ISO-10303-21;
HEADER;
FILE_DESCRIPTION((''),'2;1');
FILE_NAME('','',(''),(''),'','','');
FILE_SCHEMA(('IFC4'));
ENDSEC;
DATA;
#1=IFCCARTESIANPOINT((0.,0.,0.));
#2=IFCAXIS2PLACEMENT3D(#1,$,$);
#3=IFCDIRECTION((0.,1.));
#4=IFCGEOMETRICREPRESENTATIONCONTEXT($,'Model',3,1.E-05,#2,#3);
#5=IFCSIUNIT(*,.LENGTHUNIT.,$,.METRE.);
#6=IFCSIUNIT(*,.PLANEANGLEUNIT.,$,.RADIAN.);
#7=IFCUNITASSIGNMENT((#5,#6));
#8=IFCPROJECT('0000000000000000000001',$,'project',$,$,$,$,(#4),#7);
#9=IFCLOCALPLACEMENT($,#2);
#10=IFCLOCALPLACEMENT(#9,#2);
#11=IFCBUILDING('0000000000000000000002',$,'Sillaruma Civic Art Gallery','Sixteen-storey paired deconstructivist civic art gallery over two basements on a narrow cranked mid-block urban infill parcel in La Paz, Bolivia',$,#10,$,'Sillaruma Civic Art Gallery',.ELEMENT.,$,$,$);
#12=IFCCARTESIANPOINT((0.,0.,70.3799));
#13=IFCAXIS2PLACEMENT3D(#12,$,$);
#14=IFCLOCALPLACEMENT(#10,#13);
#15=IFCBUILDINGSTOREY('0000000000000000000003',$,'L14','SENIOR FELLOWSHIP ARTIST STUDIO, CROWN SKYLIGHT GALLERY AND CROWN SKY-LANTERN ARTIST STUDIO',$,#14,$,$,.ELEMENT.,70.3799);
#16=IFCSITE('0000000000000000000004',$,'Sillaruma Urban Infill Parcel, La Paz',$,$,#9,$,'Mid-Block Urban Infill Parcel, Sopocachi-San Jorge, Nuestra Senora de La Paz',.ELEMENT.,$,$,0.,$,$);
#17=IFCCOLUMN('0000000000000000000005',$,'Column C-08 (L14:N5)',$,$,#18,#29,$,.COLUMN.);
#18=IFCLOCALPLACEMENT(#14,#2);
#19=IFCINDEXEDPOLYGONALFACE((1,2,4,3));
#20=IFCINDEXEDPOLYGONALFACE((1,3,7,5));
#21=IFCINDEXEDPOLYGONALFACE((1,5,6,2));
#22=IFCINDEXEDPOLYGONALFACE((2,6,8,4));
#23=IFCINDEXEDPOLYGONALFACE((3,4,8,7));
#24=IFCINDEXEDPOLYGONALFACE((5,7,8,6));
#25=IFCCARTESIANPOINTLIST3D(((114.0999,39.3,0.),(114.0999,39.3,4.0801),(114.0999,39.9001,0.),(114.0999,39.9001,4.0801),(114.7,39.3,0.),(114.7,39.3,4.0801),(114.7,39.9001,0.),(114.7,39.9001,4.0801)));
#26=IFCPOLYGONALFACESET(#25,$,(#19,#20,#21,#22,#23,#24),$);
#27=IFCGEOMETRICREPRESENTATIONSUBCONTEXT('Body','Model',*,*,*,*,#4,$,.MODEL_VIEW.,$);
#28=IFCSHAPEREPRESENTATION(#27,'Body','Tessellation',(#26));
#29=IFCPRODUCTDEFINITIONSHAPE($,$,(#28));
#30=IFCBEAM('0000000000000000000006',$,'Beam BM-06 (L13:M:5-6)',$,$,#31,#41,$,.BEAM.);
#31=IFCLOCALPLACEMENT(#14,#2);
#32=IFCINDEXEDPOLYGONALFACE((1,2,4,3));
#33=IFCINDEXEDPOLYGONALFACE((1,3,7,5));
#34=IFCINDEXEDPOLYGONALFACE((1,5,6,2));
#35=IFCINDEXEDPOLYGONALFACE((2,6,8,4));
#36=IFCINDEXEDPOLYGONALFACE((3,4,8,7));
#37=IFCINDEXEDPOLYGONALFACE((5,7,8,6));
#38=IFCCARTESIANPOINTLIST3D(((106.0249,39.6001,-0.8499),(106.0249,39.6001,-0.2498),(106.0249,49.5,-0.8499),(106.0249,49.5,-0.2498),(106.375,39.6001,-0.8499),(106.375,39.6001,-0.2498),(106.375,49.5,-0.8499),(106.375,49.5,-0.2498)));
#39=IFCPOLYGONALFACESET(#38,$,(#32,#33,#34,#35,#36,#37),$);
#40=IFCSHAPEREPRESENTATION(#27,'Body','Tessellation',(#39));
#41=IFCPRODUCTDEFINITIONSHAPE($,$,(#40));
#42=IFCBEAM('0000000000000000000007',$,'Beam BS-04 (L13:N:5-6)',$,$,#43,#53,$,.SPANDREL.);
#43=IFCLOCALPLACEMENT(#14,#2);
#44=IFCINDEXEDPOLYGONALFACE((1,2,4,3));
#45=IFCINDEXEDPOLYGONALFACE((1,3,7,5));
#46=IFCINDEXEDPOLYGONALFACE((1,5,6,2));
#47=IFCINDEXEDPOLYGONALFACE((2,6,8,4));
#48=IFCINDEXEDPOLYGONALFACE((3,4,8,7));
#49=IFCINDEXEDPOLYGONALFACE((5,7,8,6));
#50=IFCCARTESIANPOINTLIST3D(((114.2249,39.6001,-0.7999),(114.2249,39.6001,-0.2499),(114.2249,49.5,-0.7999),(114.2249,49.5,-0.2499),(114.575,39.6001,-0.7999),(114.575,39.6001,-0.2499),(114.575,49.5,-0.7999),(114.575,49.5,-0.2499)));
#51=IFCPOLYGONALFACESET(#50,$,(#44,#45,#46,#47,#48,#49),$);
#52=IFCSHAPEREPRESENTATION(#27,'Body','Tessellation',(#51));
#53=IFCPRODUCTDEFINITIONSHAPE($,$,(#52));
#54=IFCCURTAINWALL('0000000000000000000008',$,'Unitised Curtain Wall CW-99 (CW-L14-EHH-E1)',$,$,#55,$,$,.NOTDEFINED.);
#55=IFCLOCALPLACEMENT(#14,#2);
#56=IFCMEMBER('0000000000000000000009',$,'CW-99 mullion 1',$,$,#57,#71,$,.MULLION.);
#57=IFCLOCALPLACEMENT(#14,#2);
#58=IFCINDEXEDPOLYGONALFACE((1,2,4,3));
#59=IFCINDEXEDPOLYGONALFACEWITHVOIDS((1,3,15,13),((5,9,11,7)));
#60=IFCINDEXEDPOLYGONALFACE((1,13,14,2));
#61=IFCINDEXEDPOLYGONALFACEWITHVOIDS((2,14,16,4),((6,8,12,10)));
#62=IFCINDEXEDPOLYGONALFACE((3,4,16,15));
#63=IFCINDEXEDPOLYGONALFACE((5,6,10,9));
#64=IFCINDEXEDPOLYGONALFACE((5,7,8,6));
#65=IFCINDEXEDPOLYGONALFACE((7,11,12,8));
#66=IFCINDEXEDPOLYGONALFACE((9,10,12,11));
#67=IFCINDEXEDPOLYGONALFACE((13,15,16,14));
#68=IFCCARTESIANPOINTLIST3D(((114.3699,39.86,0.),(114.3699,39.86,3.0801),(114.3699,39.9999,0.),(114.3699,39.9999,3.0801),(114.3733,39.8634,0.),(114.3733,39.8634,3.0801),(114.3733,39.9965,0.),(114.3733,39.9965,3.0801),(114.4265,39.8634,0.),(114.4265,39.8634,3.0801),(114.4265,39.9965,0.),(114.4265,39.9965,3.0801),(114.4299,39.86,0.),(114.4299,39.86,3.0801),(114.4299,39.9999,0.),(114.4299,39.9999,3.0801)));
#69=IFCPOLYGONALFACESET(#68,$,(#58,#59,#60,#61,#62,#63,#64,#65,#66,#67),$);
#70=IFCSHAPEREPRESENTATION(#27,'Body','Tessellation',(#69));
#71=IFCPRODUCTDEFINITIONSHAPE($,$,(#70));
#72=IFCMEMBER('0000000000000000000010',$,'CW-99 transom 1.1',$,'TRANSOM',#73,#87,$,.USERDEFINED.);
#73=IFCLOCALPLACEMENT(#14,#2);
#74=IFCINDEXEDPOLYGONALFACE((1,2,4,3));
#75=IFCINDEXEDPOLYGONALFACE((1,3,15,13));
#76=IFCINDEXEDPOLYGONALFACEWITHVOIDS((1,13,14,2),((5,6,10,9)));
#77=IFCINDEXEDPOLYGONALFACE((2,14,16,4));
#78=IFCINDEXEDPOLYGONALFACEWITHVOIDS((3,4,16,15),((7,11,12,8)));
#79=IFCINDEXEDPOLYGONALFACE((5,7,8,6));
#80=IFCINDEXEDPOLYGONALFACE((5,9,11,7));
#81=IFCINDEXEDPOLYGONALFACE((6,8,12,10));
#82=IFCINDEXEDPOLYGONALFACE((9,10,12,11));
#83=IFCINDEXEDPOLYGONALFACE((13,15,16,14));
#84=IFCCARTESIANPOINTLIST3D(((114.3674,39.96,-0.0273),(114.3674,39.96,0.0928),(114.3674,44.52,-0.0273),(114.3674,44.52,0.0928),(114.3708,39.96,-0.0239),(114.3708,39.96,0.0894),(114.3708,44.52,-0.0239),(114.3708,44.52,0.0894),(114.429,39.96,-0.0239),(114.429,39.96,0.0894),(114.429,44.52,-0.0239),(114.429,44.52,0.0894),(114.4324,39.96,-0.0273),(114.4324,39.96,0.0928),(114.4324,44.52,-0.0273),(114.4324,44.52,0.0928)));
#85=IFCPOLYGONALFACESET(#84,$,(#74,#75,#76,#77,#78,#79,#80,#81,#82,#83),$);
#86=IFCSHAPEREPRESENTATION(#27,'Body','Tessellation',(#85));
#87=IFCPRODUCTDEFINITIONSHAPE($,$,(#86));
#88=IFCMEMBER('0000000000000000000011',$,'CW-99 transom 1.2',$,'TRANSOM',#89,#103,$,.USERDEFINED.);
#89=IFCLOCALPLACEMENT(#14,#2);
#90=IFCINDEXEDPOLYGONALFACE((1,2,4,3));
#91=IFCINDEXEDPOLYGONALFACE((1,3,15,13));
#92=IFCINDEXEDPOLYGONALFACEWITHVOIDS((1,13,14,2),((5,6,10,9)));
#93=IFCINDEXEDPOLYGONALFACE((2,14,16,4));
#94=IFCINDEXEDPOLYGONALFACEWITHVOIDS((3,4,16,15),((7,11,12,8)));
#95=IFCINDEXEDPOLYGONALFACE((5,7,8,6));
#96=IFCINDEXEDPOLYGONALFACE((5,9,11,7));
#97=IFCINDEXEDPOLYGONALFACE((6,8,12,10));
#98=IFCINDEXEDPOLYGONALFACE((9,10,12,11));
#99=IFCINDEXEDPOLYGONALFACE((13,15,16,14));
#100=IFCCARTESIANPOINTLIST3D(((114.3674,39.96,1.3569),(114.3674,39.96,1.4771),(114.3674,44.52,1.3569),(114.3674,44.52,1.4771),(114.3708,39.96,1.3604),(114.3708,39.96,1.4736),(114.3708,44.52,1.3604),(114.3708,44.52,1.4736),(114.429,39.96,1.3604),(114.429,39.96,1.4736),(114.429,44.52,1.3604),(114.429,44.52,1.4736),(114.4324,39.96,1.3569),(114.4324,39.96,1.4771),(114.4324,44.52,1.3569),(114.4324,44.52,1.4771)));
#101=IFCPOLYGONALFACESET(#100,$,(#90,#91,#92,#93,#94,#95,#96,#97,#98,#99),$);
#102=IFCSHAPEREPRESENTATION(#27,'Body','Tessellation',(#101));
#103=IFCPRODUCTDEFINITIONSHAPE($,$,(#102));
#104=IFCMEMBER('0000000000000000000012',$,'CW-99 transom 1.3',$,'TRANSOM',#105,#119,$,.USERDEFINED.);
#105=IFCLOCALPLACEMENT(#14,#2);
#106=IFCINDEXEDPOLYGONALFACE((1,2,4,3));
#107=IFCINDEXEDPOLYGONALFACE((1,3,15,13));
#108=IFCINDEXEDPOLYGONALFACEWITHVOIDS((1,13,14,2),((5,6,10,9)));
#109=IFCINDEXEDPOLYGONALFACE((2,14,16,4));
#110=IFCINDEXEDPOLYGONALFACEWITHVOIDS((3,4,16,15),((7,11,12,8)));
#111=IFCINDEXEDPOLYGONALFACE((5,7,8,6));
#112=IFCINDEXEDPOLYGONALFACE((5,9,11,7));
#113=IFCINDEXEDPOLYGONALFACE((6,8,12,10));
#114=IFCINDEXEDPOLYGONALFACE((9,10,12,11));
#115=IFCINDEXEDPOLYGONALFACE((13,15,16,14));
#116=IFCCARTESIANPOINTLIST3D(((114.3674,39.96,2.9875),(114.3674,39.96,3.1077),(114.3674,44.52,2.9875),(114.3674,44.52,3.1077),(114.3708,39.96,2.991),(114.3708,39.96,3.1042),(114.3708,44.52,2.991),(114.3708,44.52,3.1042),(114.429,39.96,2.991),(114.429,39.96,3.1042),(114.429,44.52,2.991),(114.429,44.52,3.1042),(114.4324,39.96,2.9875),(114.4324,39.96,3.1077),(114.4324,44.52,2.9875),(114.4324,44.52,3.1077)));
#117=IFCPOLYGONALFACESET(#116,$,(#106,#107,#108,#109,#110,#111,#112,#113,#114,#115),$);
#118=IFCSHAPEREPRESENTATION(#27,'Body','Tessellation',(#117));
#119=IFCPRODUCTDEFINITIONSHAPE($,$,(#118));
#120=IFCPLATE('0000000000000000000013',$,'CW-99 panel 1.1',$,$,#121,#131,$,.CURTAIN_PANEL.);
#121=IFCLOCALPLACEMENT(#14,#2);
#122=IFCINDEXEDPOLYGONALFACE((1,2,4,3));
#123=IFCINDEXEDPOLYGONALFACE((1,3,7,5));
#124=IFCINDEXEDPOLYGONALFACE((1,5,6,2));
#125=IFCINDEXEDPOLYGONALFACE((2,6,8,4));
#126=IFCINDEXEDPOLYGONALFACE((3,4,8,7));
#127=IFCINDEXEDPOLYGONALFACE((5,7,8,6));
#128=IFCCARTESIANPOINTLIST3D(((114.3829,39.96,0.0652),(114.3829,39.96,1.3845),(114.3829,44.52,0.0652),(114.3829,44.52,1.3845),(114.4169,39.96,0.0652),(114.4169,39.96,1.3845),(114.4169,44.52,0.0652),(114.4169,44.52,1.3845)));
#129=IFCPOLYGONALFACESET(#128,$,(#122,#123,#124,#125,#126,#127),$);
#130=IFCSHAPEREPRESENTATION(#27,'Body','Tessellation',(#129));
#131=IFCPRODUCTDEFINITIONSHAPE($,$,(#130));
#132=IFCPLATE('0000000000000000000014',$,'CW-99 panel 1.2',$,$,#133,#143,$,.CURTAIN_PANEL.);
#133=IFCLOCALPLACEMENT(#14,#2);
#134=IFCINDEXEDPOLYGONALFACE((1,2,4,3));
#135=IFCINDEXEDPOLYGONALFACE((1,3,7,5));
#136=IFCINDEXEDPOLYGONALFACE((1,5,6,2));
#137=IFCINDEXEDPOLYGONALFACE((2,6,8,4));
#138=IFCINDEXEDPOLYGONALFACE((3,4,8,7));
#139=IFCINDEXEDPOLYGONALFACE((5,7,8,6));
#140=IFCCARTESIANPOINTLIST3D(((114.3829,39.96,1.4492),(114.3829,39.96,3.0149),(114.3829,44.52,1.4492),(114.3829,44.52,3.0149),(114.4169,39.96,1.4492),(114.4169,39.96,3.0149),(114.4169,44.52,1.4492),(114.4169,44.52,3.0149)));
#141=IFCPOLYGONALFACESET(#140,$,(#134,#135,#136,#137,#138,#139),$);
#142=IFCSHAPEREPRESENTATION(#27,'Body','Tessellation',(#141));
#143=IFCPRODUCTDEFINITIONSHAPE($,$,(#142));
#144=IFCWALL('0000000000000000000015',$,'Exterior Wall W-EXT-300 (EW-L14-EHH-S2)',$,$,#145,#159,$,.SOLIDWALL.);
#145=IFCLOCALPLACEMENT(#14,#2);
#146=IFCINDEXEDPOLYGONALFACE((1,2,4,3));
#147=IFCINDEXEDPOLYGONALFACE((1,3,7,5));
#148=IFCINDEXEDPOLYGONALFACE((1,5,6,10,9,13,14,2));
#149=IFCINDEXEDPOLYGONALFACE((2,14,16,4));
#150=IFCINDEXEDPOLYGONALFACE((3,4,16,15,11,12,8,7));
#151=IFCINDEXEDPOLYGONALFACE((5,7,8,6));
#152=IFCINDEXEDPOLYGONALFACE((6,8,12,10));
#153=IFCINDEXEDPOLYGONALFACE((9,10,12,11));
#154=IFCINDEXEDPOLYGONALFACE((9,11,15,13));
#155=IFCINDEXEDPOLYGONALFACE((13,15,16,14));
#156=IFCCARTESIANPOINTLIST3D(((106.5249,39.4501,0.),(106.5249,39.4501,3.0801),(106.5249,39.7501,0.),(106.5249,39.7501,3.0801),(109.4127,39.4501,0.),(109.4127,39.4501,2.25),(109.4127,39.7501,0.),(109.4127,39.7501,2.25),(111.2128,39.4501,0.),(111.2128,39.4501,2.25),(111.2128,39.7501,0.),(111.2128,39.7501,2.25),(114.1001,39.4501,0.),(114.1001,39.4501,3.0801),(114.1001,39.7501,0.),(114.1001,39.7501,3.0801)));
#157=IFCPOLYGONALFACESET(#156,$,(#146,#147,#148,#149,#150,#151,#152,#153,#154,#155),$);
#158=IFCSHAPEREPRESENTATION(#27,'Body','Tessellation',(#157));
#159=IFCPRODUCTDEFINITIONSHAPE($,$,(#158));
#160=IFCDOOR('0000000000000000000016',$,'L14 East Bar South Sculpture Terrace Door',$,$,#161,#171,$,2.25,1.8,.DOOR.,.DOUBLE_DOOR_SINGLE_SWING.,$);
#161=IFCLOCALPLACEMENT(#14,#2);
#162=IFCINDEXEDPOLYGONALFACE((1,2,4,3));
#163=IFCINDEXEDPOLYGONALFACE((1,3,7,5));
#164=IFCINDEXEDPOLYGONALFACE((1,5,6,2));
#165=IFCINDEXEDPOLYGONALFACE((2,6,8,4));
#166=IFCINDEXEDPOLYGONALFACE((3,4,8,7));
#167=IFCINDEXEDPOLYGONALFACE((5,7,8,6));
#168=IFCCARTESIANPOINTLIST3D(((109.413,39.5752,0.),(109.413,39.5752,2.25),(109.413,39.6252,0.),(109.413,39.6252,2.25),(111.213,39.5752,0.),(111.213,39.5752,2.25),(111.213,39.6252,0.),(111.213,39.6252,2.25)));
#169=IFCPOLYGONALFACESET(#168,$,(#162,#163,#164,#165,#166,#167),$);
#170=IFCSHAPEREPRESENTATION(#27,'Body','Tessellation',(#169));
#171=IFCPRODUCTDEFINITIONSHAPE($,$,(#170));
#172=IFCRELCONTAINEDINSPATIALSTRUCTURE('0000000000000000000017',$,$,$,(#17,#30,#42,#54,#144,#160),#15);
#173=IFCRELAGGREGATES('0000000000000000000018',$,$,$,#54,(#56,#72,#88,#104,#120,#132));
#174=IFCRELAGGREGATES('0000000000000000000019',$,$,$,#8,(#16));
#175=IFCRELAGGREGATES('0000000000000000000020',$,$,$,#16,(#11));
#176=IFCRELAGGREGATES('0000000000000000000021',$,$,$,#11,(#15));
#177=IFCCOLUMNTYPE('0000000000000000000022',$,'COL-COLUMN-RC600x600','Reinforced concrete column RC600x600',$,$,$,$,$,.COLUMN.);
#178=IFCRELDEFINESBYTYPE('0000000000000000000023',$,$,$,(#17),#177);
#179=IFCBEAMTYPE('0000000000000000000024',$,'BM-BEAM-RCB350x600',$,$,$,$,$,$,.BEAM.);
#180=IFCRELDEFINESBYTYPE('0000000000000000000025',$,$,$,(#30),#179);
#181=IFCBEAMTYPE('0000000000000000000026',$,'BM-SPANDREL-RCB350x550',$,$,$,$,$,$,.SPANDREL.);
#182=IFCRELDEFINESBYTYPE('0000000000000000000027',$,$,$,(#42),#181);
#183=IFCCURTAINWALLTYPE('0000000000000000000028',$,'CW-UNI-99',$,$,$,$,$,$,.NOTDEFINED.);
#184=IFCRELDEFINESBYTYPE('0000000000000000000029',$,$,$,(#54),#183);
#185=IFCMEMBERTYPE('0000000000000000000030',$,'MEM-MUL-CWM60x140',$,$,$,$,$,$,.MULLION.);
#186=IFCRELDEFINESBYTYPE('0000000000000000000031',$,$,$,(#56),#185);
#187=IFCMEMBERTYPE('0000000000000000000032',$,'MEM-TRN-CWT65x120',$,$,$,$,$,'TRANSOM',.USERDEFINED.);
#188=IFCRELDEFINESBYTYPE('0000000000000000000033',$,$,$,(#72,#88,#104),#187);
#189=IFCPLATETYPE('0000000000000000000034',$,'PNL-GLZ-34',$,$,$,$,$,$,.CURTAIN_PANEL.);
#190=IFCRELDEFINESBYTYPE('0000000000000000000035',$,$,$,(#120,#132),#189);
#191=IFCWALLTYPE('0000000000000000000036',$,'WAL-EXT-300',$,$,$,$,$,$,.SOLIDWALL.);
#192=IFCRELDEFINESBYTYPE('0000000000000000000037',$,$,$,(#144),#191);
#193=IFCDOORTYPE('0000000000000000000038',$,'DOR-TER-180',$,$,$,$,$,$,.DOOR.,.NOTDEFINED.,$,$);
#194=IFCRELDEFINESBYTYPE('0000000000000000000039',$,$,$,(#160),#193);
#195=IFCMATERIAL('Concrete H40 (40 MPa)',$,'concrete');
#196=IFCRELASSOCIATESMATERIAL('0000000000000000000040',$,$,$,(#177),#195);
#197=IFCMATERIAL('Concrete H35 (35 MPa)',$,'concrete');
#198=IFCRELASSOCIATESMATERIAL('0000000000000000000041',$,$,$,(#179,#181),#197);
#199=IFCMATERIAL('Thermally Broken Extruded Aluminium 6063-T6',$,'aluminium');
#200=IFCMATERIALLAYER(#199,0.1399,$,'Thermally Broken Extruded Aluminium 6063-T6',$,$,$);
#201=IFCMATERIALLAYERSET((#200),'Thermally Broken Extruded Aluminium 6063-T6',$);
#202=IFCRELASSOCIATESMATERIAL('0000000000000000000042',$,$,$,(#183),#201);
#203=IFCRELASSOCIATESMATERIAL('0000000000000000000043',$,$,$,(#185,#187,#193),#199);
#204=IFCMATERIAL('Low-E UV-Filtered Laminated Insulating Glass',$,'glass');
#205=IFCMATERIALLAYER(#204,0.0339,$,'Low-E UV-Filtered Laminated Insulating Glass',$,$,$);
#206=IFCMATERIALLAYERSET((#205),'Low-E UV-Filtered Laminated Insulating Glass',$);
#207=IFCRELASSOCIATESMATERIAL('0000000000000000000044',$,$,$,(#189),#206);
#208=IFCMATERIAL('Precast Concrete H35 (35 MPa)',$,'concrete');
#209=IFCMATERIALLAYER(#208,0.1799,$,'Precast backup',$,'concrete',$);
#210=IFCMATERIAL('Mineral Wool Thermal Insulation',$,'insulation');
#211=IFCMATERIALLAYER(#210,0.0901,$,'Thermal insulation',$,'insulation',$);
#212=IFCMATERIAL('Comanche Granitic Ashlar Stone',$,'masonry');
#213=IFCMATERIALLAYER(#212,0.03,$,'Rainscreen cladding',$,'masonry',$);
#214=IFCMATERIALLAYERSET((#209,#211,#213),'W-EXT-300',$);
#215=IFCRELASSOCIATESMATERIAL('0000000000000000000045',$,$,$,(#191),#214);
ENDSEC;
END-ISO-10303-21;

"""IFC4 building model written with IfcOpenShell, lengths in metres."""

from ifc_helpers import new_model, si_unit, direction, frame, frame_2d, origin, origin_2d, place, context, subcontext, project, spatial, rectangle, hollow_rectangle, extrude, material, layer, layer_set, material_profile, profile_set, type_object, element, fill, aggregate, save


model = new_model("IFC4")

# Units and contexts
model_context = context("Model", 3, precision=1e-05, world=origin(), true_north=direction((0.0, 1.0)))
body_context = subcontext(model_context, "Body", "Model", "MODEL_VIEW")
ifc_project = project(units=[si_unit("LENGTHUNIT", "METRE"), si_unit("PLANEANGLEUNIT", "RADIAN")], contexts=[model_context])

# Site, building, storey
site_placement = place(None, origin())
site = spatial("IfcSite", under=ifc_project, at=site_placement, Name="Sillaruma Urban Infill Parcel, La Paz", LongName="Mid-Block Urban Infill Parcel, Sopocachi-San Jorge, Nuestra Senora de La Paz", CompositionType="ELEMENT", RefElevation=0.0)
building_placement = place(site_placement, origin())
building = spatial("IfcBuilding", under=site, at=building_placement, Name="Sillaruma Civic Art Gallery", Description="Sixteen-storey paired deconstructivist civic art gallery over two basements on a narrow cranked mid-block urban infill parcel in La Paz, Bolivia", LongName="Sillaruma Civic Art Gallery", CompositionType="ELEMENT")
storey_placement = place(building_placement, frame((0.0, 0.0, 70.3799)))
storey = spatial("IfcBuildingStorey", under=building, at=storey_placement, Name="L14", Description="SENIOR FELLOWSHIP ARTIST STUDIO, CROWN SKYLIGHT GALLERY AND CROWN SKY-LANTERN ARTIST STUDIO", CompositionType="ELEMENT", Elevation=70.3799)

# Column
ifc_material_1 = material(Name="Concrete H40 (40 MPa)", Category="concrete")
ifc_material_profile_1 = material_profile(ifc_material_1, rectangle(XDim=0.6001, YDim=0.6001, at=origin_2d()), Name="RC600x600")
ifc_profile_set_1 = profile_set([ifc_material_profile_1], Name="Concrete H40 (40 MPa)")
column_type = type_object("IfcColumnType", Name="COL-COLUMN-RC600x600", Description="Reinforced concrete column RC600x600", PredefinedType="COLUMN", material=ifc_profile_set_1)
column_placement = place(storey_placement, frame((114.3999, 39.6001, 0.0), z_axis=(0.0, 0.0, 1.0), x_axis=(1.0, 0.0, 0.0)))
element("IfcColumn", 1, at=column_placement, inside=storey, type_object=column_type, Name="Column C-08 (L14:N5)", PredefinedType="COLUMN", context=body_context, shape_type="SweptSolid", body=[
    extrude(rectangle(XDim=0.6001, YDim=0.6001, at=origin_2d()), origin(), (0.0, 0.0, 1.0), 4.0801),
])

# Beams
ifc_material_2 = material(Name="Concrete H35 (35 MPa)", Category="concrete")
ifc_material_profile_2 = material_profile(ifc_material_2, rectangle(XDim=0.3501, YDim=0.6001, at=origin_2d()), Name="RCB350x600")
ifc_profile_set_2 = profile_set([ifc_material_profile_2], Name="Concrete H35 (35 MPa)")
beam_type_1 = type_object("IfcBeamType", Name="BM-BEAM-RCB350x600", PredefinedType="BEAM", material=ifc_profile_set_2)
beam_1_placement = place(storey_placement, frame((106.2, 39.6001, -0.5498), z_axis=(0.0, 1.0, 0.0), x_axis=(-1.0, 0.0, 0.0)))
element("IfcBeam", 2, at=beam_1_placement, inside=storey, type_object=beam_type_1, Name="Beam BM-06 (L13:M:5-6)", PredefinedType="BEAM", context=body_context, shape_type="SweptSolid", body=[
    extrude(rectangle(XDim=0.3501, YDim=0.6001, at=origin_2d()), origin(), (0.0, 0.0, 1.0), 9.8999),
])
ifc_material_profile_3 = material_profile(ifc_material_2, rectangle(XDim=0.3501, YDim=0.55, at=origin_2d()), Name="RCB350x550")
ifc_profile_set_3 = profile_set([ifc_material_profile_3], Name="Concrete H35 (35 MPa)")
beam_type_2 = type_object("IfcBeamType", Name="BM-SPANDREL-RCB350x550", PredefinedType="SPANDREL", material=ifc_profile_set_3)
beam_2_placement = place(storey_placement, frame((114.3999, 39.6001, -0.5249), z_axis=(0.0, 1.0, 0.0), x_axis=(-1.0, 0.0, 0.0)))
element("IfcBeam", 3, at=beam_2_placement, inside=storey, type_object=beam_type_2, Name="Beam BS-04 (L13:N:5-6)", PredefinedType="SPANDREL", context=body_context, shape_type="SweptSolid", body=[
    extrude(rectangle(XDim=0.3501, YDim=0.55, at=origin_2d()), origin(), (0.0, 0.0, 1.0), 9.8999),
])

# Curtain wall, members, plates
ifc_material_3 = material(Name="Thermally Broken Extruded Aluminium 6063-T6", Category="aluminium")
ifc_layer_1 = layer(ifc_material_3, 0.1399, Name="Thermally Broken Extruded Aluminium 6063-T6")
ifc_layer_set_1 = layer_set([ifc_layer_1], Name="Thermally Broken Extruded Aluminium 6063-T6")
curtain_wall_type = type_object("IfcCurtainWallType", Name="CW-UNI-99", PredefinedType="NOTDEFINED", material=ifc_layer_set_1)
curtain_wall_placement = place(storey_placement, origin())
curtain_wall = element("IfcCurtainWall", 4, at=curtain_wall_placement, inside=storey, type_object=curtain_wall_type, Name="Unitised Curtain Wall CW-99 (CW-L14-EHH-E1)", PredefinedType="NOTDEFINED")
ifc_material_profile_4 = material_profile(ifc_material_3, hollow_rectangle(XDim=0.0601, YDim=0.1399, WallThickness=0.0034, at=origin_2d()), Name="CWM60x140")
ifc_profile_set_4 = profile_set([ifc_material_profile_4], Name="Thermally Broken Extruded Aluminium 6063-T6")
member_type_1 = type_object("IfcMemberType", Name="MEM-MUL-CWM60x140", PredefinedType="MULLION", material=ifc_profile_set_4)
member_1_placement = place(storey_placement, frame((114.3999, 39.9299, 0.0), z_axis=(0.0, 0.0, 1.0), x_axis=(-1.0, 0.0, 0.0)))
member_1 = element("IfcMember", 5, at=member_1_placement, type_object=member_type_1, Name="CW-99 mullion 1", PredefinedType="MULLION", context=body_context, shape_type="SweptSolid", body=[
    extrude(hollow_rectangle(XDim=0.0601, YDim=0.1399, WallThickness=0.0034, at=origin_2d()), origin(), (0.0, 0.0, 1.0), 3.0801),
])
ifc_material_profile_5 = material_profile(ifc_material_3, hollow_rectangle(XDim=0.0649, YDim=0.1201, WallThickness=0.0034, at=origin_2d()), Name="CWT65x120")
ifc_profile_set_5 = profile_set([ifc_material_profile_5], Name="Thermally Broken Extruded Aluminium 6063-T6")
member_type_2 = type_object("IfcMemberType", Name="MEM-TRN-CWT65x120", ElementType="TRANSOM", PredefinedType="USERDEFINED", material=ifc_profile_set_5)
member_2_placement = place(storey_placement, frame((114.3999, 39.96, 0.0327), z_axis=(0.0, 1.0, 0.0), x_axis=(-1.0, 0.0, 0.0)))
member_2 = element("IfcMember", 6, at=member_2_placement, type_object=member_type_2, Name="CW-99 transom 1.1", ObjectType="TRANSOM", PredefinedType="USERDEFINED", context=body_context, shape_type="SweptSolid", body=[
    extrude(hollow_rectangle(XDim=0.0649, YDim=0.1201, WallThickness=0.0034, at=origin_2d()), origin(), (0.0, 0.0, 1.0), 4.5601),
])
member_3_placement = place(storey_placement, frame((114.3999, 39.96, 1.417), z_axis=(0.0, 1.0, 0.0), x_axis=(-1.0, 0.0, 0.0)))
member_3 = element("IfcMember", 7, at=member_3_placement, type_object=member_type_2, Name="CW-99 transom 1.2", ObjectType="TRANSOM", PredefinedType="USERDEFINED", context=body_context, shape_type="SweptSolid", body=[
    extrude(hollow_rectangle(XDim=0.0649, YDim=0.1201, WallThickness=0.0034, at=origin_2d()), origin(), (0.0, 0.0, 1.0), 4.5601),
])
member_4_placement = place(storey_placement, frame((114.3999, 39.96, 3.0476), z_axis=(0.0, 1.0, 0.0), x_axis=(-1.0, 0.0, 0.0)))
member_4 = element("IfcMember", 8, at=member_4_placement, type_object=member_type_2, Name="CW-99 transom 1.3", ObjectType="TRANSOM", PredefinedType="USERDEFINED", context=body_context, shape_type="SweptSolid", body=[
    extrude(hollow_rectangle(XDim=0.0649, YDim=0.1201, WallThickness=0.0034, at=origin_2d()), origin(), (0.0, 0.0, 1.0), 4.5601),
])
ifc_material_4 = material(Name="Low-E UV-Filtered Laminated Insulating Glass", Category="glass")
ifc_layer_2 = layer(ifc_material_4, 0.0339, Name="Low-E UV-Filtered Laminated Insulating Glass")
ifc_layer_set_2 = layer_set([ifc_layer_2], Name="Low-E UV-Filtered Laminated Insulating Glass")
plate_type = type_object("IfcPlateType", Name="PNL-GLZ-34", PredefinedType="CURTAIN_PANEL", material=ifc_layer_set_2)
plate_1_placement = place(storey_placement, frame((114.3999, 42.24, 0.0652), z_axis=(0.0, 0.0, 1.0), x_axis=(0.0, 1.0, 0.0)))
plate_1 = element("IfcPlate", 9, at=plate_1_placement, type_object=plate_type, Name="CW-99 panel 1.1", PredefinedType="CURTAIN_PANEL", context=body_context, shape_type="SweptSolid", body=[
    extrude(rectangle(XDim=4.5601, YDim=0.0339, at=origin_2d()), origin(), (0.0, 0.0, 1.0), 1.3193),
])
plate_2_placement = place(storey_placement, frame((114.3999, 42.24, 1.4492), z_axis=(0.0, 0.0, 1.0), x_axis=(0.0, 1.0, 0.0)))
plate_2 = element("IfcPlate", 10, at=plate_2_placement, type_object=plate_type, Name="CW-99 panel 1.2", PredefinedType="CURTAIN_PANEL", context=body_context, shape_type="SweptSolid", body=[
    extrude(rectangle(XDim=4.5601, YDim=0.0339, at=origin_2d()), origin(), (0.0, 0.0, 1.0), 1.5657),
])
aggregate(curtain_wall, [member_1, member_2, member_3, member_4, plate_1, plate_2])

# Wall, opening, door
ifc_material_5 = material(Name="Precast Concrete H35 (35 MPa)", Category="concrete")
ifc_layer_3 = layer(ifc_material_5, 0.1799, Name="Precast backup", Category="concrete")
ifc_material_6 = material(Name="Mineral Wool Thermal Insulation", Category="insulation")
ifc_layer_4 = layer(ifc_material_6, 0.0901, Name="Thermal insulation", Category="insulation")
ifc_material_7 = material(Name="Comanche Granitic Ashlar Stone", Category="masonry")
ifc_layer_5 = layer(ifc_material_7, 0.03, Name="Rainscreen cladding", Category="masonry")
ifc_layer_set_3 = layer_set([ifc_layer_3, ifc_layer_4, ifc_layer_5], Name="W-EXT-300")
wall_type_1 = type_object("IfcWallType", Name="WAL-EXT-300", PredefinedType="SOLIDWALL", material=ifc_layer_set_3)
wall_1_placement = place(storey_placement, frame((106.5249, 39.6001, 0.0), z_axis=(0.0, 0.0, 1.0), x_axis=(1.0, 0.0, 0.0)))
wall_1 = element("IfcWall", 11, at=wall_1_placement, inside=storey, type_object=wall_type_1, Name="Exterior Wall W-EXT-300 (EW-L14-EHH-S2)", PredefinedType="SOLIDWALL", context=body_context, shape_type="SweptSolid", body=[
    extrude(rectangle(XDim=7.5752, YDim=0.3, at=frame_2d((3.7876, 0.0))), origin(), (0.0, 0.0, 1.0), 3.0801),
])
opening_1_placement = place(wall_1_placement, frame((2.8879, 0.0, 0.0)))
opening_1 = element("IfcOpeningElement", 12, at=opening_1_placement, cuts=wall_1, PredefinedType="OPENING", context=body_context, shape_type="SweptSolid", body=[
    extrude(rectangle(XDim=1.8, YDim=2.25, at=frame_2d((0.8999, 1.125))), frame((0.0, 0.1599, 0.0), z_axis=(0.0, -1.0, 0.0), x_axis=(1.0, 0.0, 0.0)), (0.0, 0.0, 1.0), 0.3201),
])
door_type_1 = type_object("IfcDoorType", Name="DOR-TER-180", OperationType="NOTDEFINED", PredefinedType="DOOR", material=ifc_material_3)
door_1_placement = place(opening_1_placement, frame((1.8, 0.0, 0.0), z_axis=(0.0, 0.0, 1.0), x_axis=(-1.0, 0.0, 0.0)))
door_1 = element("IfcDoor", 13, at=door_1_placement, inside=storey, type_object=door_type_1, Name="L14 East Bar South Sculpture Terrace Door", OperationType="DOUBLE_DOOR_SINGLE_SWING", OverallHeight=2.25, OverallWidth=1.8, PredefinedType="DOOR", context=body_context, shape_type="SweptSolid", body=[
    extrude(rectangle(XDim=1.8, YDim=2.25, at=frame_2d((0.8999, 1.125))), frame((0.0, 0.0249, 0.0), z_axis=(0.0, -1.0, 0.0), x_axis=(1.0, 0.0, 0.0)), (0.0, 0.0, 1.0), 0.05),
])
fill(opening_1, door_1)

save(model, "model.ifc")
